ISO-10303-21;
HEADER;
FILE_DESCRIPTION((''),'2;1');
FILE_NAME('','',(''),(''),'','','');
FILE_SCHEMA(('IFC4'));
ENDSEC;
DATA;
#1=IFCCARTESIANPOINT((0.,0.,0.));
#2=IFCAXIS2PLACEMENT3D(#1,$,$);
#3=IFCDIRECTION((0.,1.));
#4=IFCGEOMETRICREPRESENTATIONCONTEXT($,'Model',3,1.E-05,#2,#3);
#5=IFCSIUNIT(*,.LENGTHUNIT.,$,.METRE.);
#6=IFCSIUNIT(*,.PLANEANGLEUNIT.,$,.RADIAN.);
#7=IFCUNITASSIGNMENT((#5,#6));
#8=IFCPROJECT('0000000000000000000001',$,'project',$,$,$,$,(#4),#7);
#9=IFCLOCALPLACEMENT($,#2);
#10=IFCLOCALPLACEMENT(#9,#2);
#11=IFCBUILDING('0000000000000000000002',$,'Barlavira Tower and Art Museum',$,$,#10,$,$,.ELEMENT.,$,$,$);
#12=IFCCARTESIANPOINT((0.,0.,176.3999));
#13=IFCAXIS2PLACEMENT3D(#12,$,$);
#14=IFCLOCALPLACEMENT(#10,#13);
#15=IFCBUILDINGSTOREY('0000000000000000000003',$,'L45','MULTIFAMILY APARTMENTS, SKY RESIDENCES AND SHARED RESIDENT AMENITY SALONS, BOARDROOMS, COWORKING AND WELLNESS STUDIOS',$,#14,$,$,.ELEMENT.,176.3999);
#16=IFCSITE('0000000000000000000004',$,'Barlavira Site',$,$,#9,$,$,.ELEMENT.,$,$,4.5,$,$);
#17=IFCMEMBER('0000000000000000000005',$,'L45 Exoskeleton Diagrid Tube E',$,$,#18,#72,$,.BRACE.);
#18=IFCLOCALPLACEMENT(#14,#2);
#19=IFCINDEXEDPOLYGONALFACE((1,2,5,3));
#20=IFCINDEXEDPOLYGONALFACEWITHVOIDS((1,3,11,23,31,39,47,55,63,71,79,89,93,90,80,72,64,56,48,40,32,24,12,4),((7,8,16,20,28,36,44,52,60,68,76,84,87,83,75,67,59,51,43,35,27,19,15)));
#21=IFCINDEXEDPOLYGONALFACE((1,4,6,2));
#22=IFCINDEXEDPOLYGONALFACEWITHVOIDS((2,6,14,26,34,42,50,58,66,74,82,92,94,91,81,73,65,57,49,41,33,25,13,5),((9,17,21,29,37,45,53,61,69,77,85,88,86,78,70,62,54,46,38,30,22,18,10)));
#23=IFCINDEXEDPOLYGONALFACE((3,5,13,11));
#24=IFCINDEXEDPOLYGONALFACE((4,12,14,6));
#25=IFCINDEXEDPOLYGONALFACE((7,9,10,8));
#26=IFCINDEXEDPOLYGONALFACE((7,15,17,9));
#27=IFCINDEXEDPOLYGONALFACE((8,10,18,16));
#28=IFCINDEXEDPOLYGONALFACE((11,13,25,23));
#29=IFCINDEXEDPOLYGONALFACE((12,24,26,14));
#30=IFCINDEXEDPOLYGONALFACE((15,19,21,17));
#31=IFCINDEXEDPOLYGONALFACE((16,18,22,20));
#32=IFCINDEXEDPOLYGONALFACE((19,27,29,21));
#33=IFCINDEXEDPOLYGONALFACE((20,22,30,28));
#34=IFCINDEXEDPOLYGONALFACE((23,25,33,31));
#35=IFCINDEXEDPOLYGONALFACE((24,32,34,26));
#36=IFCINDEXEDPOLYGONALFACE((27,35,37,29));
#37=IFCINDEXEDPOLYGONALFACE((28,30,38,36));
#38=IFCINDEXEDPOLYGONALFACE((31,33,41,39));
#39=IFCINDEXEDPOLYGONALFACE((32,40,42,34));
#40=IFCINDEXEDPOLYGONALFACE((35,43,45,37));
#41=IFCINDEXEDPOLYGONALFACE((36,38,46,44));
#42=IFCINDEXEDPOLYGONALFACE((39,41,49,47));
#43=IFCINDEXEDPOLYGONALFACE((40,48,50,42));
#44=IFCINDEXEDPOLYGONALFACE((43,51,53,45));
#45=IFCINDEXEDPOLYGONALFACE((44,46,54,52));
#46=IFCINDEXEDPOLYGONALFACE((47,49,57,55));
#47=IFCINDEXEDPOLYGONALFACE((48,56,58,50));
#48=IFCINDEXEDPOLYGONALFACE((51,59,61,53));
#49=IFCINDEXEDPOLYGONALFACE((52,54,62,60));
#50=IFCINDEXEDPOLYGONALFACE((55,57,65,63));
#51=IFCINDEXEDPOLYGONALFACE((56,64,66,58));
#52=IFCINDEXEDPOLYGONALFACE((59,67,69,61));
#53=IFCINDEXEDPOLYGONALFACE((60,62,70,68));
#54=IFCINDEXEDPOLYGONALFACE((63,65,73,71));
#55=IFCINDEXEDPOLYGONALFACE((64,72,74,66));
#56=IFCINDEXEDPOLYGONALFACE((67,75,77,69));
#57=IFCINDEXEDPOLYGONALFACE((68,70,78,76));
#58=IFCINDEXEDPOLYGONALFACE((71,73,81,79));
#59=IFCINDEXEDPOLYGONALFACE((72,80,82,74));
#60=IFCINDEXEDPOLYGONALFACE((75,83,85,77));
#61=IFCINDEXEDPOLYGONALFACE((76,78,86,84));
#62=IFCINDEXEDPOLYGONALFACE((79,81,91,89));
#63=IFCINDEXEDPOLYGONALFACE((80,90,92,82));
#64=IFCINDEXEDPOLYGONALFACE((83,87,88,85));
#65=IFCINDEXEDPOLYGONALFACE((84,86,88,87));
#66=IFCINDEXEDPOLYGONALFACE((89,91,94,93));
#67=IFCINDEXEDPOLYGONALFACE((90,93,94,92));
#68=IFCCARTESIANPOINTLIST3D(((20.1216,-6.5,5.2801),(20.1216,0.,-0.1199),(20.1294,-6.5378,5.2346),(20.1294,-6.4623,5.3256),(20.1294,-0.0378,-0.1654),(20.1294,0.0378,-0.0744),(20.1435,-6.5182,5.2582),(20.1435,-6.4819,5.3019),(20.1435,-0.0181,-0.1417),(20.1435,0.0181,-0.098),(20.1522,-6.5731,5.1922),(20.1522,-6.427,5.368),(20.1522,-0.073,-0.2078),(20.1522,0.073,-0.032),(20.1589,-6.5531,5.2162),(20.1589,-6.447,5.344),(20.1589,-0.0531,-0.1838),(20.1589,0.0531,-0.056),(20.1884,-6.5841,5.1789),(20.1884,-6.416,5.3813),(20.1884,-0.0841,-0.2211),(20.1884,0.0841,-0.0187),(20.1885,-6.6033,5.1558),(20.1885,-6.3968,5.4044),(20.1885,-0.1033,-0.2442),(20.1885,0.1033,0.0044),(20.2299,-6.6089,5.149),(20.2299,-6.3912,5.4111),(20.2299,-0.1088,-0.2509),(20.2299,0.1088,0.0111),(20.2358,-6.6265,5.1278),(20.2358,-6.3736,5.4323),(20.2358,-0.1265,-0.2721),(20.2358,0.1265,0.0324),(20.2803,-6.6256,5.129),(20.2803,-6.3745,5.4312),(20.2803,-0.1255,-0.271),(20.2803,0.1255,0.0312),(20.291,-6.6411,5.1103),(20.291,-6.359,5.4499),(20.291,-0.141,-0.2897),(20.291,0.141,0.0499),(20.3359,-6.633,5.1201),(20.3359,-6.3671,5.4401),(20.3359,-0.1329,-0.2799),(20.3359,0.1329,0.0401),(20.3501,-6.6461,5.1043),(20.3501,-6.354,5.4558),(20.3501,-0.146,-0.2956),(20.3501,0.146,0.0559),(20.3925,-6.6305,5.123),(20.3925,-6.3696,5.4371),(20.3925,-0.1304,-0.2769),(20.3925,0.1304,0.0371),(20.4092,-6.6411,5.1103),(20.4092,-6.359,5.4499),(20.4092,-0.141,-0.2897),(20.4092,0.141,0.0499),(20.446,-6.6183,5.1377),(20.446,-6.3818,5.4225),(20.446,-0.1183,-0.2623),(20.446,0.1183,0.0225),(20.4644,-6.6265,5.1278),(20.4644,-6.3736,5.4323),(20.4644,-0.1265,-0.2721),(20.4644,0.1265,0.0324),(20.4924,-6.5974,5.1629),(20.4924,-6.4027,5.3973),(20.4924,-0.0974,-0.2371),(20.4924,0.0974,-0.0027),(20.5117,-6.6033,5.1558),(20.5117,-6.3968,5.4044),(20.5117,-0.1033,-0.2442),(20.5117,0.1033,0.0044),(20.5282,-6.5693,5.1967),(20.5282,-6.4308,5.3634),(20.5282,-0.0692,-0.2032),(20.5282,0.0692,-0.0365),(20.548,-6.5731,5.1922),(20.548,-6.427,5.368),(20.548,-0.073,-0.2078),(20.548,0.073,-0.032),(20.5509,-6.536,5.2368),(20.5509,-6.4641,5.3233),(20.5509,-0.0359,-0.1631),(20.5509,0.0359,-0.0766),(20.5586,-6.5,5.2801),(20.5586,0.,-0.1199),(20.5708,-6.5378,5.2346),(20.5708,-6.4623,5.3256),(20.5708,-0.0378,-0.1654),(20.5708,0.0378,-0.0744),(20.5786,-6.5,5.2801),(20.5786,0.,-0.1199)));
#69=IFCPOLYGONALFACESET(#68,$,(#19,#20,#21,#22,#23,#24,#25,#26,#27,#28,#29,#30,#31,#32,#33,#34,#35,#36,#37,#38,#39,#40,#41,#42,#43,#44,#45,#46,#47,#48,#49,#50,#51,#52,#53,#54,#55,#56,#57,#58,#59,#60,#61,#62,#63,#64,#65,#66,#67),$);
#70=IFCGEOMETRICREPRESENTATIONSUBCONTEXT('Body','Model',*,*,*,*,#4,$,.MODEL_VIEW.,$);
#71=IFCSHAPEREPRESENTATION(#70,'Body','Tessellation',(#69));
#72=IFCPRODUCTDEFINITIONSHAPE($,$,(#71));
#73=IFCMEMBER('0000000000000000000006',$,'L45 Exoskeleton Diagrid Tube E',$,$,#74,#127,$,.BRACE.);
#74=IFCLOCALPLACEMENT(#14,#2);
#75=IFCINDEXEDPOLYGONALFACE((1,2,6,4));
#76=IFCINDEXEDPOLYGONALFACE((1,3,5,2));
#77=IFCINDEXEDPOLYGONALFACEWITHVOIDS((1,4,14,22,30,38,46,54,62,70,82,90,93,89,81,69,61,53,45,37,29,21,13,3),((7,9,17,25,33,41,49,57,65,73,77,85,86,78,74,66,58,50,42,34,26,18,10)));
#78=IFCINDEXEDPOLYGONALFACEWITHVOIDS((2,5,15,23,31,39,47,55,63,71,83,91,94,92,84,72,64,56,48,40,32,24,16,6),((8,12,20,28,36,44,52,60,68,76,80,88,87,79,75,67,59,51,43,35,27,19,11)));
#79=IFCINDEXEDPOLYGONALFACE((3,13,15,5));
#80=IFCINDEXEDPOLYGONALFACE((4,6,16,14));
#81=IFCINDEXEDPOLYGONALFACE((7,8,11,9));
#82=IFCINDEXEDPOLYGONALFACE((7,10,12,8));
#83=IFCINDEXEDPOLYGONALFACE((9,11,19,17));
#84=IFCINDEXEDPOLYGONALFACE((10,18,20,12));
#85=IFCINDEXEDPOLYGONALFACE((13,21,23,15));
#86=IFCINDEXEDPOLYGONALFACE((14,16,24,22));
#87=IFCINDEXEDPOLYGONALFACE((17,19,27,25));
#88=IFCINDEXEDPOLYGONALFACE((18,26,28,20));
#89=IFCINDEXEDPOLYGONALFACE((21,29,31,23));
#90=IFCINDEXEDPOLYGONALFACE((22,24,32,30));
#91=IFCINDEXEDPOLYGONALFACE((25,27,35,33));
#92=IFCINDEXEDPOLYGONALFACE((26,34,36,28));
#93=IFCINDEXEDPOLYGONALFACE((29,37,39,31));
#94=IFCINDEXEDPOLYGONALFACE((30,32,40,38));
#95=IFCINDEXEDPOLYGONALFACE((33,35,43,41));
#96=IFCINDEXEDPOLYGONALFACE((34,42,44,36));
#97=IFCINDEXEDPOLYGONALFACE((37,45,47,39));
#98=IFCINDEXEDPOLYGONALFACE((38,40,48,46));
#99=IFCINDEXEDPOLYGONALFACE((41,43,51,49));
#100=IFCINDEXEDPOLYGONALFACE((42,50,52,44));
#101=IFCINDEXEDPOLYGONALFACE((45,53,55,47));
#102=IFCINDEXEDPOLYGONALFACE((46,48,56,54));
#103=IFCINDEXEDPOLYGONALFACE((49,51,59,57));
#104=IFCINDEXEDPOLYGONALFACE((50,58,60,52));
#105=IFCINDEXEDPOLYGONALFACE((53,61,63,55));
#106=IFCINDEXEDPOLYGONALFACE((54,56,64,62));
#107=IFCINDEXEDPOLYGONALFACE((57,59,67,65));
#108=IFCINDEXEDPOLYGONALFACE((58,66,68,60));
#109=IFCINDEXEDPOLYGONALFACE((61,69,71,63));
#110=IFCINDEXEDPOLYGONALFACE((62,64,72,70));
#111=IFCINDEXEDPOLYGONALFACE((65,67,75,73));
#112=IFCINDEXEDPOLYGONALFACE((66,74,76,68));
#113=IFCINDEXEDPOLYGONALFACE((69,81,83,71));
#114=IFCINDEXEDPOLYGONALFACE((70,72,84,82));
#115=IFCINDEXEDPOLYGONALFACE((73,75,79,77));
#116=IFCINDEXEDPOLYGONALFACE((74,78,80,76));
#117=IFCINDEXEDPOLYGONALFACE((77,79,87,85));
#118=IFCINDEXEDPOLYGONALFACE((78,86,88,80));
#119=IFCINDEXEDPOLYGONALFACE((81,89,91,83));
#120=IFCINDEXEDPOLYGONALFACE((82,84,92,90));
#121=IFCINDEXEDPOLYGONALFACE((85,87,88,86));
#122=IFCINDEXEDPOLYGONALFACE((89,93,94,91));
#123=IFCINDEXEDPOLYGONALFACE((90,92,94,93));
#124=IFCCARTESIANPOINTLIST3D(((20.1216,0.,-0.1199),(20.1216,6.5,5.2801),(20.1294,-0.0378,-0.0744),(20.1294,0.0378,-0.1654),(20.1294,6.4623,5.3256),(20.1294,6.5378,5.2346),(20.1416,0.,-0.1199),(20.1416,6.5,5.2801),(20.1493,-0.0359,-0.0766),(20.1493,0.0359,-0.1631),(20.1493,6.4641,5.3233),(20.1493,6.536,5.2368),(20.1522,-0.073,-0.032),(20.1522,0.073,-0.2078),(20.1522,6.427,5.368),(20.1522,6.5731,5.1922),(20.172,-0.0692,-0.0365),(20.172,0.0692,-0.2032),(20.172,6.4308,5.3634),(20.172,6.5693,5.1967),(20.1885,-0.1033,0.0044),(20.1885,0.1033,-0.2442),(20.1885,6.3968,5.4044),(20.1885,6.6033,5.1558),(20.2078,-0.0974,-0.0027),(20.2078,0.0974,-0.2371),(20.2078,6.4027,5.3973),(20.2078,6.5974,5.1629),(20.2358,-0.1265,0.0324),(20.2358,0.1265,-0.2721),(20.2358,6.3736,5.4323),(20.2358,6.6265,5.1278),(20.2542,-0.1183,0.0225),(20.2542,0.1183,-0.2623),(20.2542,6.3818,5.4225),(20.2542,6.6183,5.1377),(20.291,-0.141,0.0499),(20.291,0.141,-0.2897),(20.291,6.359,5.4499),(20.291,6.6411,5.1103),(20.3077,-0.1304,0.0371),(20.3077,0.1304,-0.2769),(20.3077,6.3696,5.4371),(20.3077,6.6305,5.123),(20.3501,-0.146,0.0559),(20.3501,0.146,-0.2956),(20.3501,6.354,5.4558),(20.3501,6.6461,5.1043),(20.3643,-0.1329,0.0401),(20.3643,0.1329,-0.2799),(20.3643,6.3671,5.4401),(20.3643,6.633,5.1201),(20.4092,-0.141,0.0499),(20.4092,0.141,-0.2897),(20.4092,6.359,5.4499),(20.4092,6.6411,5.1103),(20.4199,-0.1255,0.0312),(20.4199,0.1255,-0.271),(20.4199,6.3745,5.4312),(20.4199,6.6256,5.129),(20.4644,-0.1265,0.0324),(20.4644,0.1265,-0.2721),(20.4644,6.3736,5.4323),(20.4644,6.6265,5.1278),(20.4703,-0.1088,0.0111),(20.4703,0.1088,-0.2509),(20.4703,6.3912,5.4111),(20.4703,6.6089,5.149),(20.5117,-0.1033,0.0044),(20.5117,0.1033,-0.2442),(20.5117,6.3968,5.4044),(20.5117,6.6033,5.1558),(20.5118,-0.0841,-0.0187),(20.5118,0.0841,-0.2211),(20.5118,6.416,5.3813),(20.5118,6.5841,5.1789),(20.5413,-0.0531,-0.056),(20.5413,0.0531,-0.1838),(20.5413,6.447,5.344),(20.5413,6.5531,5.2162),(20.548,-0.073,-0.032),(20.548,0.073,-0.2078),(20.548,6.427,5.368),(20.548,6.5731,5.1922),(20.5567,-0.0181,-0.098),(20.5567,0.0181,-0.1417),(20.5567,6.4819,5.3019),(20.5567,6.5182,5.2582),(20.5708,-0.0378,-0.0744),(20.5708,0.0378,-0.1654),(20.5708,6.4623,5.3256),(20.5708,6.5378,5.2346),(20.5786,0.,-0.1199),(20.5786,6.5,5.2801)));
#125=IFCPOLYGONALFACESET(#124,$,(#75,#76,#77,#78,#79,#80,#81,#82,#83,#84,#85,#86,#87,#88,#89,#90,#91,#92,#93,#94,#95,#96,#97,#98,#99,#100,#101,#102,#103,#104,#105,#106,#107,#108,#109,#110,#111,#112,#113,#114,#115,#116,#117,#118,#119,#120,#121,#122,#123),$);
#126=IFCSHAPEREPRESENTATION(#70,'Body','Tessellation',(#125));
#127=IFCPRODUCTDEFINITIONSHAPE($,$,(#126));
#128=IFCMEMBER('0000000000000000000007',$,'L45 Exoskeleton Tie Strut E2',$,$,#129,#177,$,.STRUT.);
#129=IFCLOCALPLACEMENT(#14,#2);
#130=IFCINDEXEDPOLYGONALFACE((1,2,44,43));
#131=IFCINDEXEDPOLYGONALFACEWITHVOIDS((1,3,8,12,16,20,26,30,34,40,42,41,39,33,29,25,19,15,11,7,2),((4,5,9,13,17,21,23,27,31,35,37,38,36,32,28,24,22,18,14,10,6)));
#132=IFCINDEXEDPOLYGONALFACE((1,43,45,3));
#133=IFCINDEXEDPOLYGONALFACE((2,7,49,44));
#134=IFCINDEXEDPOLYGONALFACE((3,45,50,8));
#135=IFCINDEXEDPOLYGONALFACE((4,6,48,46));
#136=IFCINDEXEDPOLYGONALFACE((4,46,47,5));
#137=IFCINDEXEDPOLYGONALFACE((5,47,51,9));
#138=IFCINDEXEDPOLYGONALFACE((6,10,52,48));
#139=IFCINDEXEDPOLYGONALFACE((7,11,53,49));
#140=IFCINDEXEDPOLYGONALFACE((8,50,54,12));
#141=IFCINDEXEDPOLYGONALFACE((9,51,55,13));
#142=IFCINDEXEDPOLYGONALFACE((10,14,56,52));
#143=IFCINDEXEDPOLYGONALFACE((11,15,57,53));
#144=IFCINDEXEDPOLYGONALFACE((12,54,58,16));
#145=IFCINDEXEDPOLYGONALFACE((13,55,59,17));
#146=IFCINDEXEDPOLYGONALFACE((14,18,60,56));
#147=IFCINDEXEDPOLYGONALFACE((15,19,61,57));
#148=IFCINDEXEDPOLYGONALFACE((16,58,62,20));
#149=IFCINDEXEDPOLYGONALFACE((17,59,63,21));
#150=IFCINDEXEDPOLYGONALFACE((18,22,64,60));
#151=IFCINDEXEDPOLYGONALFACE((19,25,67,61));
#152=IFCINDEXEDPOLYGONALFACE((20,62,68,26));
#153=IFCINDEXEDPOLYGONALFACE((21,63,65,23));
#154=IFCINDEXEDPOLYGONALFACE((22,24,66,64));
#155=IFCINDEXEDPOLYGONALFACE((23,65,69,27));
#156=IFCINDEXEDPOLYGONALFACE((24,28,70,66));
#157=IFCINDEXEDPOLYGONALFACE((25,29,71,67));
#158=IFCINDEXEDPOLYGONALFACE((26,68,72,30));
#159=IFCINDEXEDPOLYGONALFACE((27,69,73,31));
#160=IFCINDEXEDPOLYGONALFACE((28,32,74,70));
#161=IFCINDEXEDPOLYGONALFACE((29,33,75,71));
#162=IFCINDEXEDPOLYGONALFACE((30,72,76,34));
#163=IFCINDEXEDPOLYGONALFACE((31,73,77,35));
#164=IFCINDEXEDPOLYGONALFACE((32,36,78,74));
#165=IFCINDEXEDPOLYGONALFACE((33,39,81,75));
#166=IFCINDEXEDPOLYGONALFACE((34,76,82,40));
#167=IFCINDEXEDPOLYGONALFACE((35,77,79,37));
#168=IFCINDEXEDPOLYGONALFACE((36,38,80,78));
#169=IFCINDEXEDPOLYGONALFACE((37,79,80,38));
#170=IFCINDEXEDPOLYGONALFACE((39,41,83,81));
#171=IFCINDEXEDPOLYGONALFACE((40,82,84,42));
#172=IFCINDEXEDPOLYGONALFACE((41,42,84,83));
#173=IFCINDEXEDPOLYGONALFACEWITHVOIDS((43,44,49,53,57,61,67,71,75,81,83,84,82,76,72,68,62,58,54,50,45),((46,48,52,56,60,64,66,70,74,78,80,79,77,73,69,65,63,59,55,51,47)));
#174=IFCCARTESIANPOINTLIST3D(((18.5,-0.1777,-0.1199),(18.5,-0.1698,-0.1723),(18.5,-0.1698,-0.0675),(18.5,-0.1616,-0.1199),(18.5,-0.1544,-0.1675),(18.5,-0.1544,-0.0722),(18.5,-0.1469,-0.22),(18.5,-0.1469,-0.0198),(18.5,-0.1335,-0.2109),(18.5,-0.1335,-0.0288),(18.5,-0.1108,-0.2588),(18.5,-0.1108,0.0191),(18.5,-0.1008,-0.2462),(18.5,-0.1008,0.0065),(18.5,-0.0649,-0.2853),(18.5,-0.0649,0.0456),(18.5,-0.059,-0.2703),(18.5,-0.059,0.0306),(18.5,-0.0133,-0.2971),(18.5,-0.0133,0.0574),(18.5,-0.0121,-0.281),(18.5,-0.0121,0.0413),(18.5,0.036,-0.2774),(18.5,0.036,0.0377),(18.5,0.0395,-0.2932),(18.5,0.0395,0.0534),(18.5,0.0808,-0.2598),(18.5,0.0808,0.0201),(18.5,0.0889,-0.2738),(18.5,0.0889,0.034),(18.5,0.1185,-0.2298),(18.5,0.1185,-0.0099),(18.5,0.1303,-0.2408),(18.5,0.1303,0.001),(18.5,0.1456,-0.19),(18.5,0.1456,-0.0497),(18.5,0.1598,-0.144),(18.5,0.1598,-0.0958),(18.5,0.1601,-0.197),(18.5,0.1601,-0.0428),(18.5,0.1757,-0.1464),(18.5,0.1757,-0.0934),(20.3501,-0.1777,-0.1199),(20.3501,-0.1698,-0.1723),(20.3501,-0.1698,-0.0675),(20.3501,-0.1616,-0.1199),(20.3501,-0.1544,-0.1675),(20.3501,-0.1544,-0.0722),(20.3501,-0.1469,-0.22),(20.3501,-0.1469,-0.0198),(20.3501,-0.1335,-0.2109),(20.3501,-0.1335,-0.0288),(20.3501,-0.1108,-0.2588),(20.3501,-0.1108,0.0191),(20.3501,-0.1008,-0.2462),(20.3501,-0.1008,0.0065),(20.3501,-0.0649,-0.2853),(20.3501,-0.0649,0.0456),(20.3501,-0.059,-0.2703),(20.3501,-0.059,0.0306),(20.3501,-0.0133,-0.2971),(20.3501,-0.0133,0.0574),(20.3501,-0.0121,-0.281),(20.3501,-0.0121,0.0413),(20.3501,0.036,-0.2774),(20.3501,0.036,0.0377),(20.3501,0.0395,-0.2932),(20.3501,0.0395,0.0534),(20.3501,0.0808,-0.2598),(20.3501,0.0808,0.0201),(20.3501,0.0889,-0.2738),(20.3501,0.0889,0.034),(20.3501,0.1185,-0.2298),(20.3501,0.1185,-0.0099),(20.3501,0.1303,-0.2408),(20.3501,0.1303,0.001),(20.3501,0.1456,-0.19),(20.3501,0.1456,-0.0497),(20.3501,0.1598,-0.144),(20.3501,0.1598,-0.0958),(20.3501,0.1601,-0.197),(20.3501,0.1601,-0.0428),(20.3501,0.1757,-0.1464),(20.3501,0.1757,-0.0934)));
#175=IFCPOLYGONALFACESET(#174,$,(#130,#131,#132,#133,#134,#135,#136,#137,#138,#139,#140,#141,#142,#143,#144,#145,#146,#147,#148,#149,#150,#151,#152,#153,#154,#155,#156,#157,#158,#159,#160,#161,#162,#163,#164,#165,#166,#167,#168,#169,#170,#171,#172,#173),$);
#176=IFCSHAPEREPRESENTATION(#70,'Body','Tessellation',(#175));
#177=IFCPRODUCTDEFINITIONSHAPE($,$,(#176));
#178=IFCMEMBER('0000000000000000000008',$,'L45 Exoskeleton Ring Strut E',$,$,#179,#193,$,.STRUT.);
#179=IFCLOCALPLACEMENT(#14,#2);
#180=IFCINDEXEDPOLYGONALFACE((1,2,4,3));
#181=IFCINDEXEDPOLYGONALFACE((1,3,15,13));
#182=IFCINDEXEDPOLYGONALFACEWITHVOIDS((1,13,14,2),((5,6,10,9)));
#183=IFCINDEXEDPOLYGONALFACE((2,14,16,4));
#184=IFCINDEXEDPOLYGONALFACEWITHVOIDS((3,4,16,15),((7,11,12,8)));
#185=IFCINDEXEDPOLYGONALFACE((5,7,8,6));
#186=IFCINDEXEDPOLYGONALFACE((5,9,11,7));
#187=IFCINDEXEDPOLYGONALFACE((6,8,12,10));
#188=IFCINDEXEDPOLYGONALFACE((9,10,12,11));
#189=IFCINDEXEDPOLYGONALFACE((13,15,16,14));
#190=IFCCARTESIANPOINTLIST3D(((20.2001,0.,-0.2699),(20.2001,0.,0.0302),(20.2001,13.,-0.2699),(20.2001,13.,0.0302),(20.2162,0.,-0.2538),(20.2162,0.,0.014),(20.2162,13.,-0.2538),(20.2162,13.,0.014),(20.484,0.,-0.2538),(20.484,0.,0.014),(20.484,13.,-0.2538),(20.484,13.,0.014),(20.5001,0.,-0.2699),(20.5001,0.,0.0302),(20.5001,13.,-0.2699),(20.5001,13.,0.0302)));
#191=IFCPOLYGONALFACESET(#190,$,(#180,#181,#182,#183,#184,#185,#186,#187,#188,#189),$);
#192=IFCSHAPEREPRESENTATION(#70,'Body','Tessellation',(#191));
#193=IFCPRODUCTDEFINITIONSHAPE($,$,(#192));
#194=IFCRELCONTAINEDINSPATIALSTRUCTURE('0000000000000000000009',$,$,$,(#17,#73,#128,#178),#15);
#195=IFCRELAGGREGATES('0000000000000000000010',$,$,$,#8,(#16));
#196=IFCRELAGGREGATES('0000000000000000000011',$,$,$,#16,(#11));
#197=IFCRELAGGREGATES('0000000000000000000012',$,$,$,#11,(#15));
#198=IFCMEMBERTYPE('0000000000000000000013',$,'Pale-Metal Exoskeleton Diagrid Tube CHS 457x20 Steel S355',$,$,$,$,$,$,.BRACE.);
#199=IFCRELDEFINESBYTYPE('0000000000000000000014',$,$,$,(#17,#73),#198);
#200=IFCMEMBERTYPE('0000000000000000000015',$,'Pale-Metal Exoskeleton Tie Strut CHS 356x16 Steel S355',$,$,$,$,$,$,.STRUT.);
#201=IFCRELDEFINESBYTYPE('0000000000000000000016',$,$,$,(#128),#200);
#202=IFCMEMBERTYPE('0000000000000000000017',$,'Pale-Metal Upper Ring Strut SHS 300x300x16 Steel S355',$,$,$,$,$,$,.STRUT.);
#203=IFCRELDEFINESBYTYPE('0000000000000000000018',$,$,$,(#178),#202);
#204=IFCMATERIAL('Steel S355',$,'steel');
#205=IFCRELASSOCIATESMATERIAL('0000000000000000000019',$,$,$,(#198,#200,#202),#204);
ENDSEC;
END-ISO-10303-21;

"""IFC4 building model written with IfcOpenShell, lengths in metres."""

from ifc_helpers import new_model, si_unit, direction, frame, origin, origin_2d, place, context, subcontext, project, spatial, hollow_rectangle, hollow_circle, extrude, material, material_profile, profile_set, type_object, element, save


model = new_model("IFC4")

# Units and contexts
model_context = context("Model", 3, precision=1e-05, world=origin(), true_north=direction((0.0, 1.0)))
body_context = subcontext(model_context, "Body", "Model", "MODEL_VIEW")
ifc_project = project(units=[si_unit("LENGTHUNIT", "METRE"), si_unit("PLANEANGLEUNIT", "RADIAN")], contexts=[model_context])

# Site, building, storey
site_placement = place(None, origin())
site = spatial("IfcSite", under=ifc_project, at=site_placement, Name="Barlavira Site", CompositionType="ELEMENT", RefElevation=4.5)
building_placement = place(site_placement, origin())
building = spatial("IfcBuilding", under=site, at=building_placement, Name="Barlavira Tower and Art Museum", CompositionType="ELEMENT")
storey_placement = place(building_placement, frame((0.0, 0.0, 176.3999)))
storey = spatial("IfcBuildingStorey", under=building, at=storey_placement, Name="L45", Description="MULTIFAMILY APARTMENTS, SKY RESIDENCES AND SHARED RESIDENT AMENITY SALONS, BOARDROOMS, COWORKING AND WELLNESS STUDIOS", CompositionType="ELEMENT", Elevation=176.3999)

# Members
ifc_material_1 = material(Name="Steel S355", Category="steel")
ifc_material_profile_1 = material_profile(ifc_material_1, hollow_circle(Radius=0.2285, WallThickness=0.02, at=origin_2d()), Name="CHS 457.0x20.0")
ifc_profile_set_1 = profile_set([ifc_material_profile_1], Name="Steel S355")
member_type_1 = type_object("IfcMemberType", Name="Pale-Metal Exoskeleton Diagrid Tube CHS 457x20 Steel S355", PredefinedType="BRACE", material=ifc_profile_set_1)
for number, where, z_axis, x_axis, name in (
    (1, (20.3501, 0.0, -0.1199), (0.0, -0.769196, 0.639013), (1.0, 0.0, 0.0), "L45 Exoskeleton Diagrid Tube E"),
    (2, (20.3501, 0.0, -0.1199), (0.0, 0.769196, 0.639013), (-1.0, 0.0, 0.0), "L45 Exoskeleton Diagrid Tube E"),
):
    element("IfcMember", number, at=place(storey_placement, frame(where, z_axis=z_axis, x_axis=x_axis)), inside=storey, type_object=member_type_1, Name=name, PredefinedType="BRACE", context=body_context, shape_type="SweptSolid", body=[
        extrude(hollow_circle(Radius=0.2285, WallThickness=0.02, at=origin_2d()), origin(), (0.0, 0.0, 1.0), 8.4504),
    ])
ifc_material_profile_2 = material_profile(ifc_material_1, hollow_circle(Radius=0.1777, WallThickness=0.0161, at=origin_2d()), Name="CHS 355.6x16.0")
ifc_profile_set_2 = profile_set([ifc_material_profile_2], Name="Steel S355")
member_type_2 = type_object("IfcMemberType", Name="Pale-Metal Exoskeleton Tie Strut CHS 356x16 Steel S355", PredefinedType="STRUT", material=ifc_profile_set_2)
member_1_placement = place(storey_placement, frame((20.3501, 0.0, -0.1199), z_axis=(-1.0, 0.0, 0.0), x_axis=(0.0, -1.0, 0.0)))
element("IfcMember", 3, at=member_1_placement, inside=storey, type_object=member_type_2, Name="L45 Exoskeleton Tie Strut E2", PredefinedType="STRUT", context=body_context, shape_type="SweptSolid", body=[
    extrude(hollow_circle(Radius=0.1777, WallThickness=0.0161, at=origin_2d()), origin(), (0.0, 0.0, 1.0), 1.8501),
])
ifc_material_profile_3 = material_profile(ifc_material_1, hollow_rectangle(XDim=0.3, YDim=0.3, WallThickness=0.0161, at=origin_2d()), Name="SHS 300x300x16.0")
ifc_profile_set_3 = profile_set([ifc_material_profile_3], Name="Steel S355")
member_type_3 = type_object("IfcMemberType", Name="Pale-Metal Upper Ring Strut SHS 300x300x16 Steel S355", PredefinedType="STRUT", material=ifc_profile_set_3)
member_2_placement = place(storey_placement, frame((20.3501, 0.0, -0.1199), z_axis=(0.0, 1.0, 0.0), x_axis=(-1.0, 0.0, 0.0)))
element("IfcMember", 4, at=member_2_placement, inside=storey, type_object=member_type_3, Name="L45 Exoskeleton Ring Strut E", PredefinedType="STRUT", context=body_context, shape_type="SweptSolid", body=[
    extrude(hollow_rectangle(XDim=0.3, YDim=0.3, WallThickness=0.0161, at=origin_2d()), origin(), (0.0, 0.0, 1.0), 13.0),
])

save(model, "model.ifc")
